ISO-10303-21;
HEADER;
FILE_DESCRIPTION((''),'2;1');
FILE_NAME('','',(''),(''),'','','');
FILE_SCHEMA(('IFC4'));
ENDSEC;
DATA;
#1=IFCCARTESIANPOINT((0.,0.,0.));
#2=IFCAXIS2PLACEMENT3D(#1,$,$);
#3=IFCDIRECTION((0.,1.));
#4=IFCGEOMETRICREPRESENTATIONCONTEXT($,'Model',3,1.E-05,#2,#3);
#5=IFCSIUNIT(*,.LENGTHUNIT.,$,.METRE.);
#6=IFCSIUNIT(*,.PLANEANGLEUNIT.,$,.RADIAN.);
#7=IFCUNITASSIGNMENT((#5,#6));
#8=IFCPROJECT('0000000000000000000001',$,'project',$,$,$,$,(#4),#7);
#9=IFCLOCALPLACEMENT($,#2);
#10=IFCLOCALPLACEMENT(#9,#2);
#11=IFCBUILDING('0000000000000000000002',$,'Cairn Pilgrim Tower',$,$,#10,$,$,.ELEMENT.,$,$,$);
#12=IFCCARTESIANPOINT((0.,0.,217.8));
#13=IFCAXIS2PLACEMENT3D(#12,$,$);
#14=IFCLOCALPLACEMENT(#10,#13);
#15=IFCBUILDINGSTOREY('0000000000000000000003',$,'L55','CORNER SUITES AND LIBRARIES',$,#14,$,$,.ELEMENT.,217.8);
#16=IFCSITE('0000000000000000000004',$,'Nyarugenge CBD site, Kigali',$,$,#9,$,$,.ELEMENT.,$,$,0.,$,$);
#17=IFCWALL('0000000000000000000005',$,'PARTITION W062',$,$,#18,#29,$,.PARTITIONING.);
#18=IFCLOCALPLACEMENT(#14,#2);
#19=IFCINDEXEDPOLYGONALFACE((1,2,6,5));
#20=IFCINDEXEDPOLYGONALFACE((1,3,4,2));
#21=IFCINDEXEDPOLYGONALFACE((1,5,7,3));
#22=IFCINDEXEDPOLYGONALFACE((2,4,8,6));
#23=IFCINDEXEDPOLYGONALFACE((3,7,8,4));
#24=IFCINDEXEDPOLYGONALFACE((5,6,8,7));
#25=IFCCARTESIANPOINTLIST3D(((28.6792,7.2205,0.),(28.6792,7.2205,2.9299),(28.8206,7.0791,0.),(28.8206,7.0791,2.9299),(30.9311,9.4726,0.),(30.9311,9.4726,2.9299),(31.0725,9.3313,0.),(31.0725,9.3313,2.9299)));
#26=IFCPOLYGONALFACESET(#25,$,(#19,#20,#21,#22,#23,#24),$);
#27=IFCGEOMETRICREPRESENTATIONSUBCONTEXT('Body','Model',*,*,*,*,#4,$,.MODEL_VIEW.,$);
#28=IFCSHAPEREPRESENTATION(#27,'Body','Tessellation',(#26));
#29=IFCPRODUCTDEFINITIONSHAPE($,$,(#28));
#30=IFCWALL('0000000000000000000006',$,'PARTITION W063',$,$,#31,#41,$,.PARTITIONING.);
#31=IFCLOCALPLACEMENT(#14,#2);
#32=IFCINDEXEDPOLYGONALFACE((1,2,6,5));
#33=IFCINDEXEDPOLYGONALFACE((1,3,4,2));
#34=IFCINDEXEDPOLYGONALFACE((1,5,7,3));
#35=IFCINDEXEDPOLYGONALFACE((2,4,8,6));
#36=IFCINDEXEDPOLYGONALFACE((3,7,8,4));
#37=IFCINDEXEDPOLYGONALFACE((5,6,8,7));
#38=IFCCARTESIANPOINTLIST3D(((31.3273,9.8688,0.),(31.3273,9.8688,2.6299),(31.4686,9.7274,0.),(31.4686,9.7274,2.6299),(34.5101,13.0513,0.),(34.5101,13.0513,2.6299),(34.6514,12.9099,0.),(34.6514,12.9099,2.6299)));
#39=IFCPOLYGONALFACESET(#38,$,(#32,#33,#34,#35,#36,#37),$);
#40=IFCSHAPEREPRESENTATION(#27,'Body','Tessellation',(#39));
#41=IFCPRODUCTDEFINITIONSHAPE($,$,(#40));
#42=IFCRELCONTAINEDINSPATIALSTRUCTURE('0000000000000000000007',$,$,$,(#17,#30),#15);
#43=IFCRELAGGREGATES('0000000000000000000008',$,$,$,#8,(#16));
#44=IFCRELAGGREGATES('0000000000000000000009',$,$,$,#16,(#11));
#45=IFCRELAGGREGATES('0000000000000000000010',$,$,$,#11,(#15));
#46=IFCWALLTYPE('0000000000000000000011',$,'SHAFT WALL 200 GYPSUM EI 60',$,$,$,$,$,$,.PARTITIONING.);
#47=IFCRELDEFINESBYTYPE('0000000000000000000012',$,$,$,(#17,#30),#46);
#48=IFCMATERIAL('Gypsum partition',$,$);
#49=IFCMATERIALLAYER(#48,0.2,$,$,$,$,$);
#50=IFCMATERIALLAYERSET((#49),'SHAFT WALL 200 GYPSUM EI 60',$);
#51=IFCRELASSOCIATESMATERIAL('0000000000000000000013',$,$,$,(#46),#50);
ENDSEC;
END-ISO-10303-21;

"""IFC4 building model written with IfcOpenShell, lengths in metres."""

from ifc_helpers import new_model, si_unit, direction, frame, frame_2d, origin, place, context, subcontext, project, spatial, rectangle, extrude, material, layer, layer_set, type_object, element, save


model = new_model("IFC4")

# Units and contexts
model_context = context("Model", 3, precision=1e-05, world=origin(), true_north=direction((0.0, 1.0)))
body_context = subcontext(model_context, "Body", "Model", "MODEL_VIEW")
ifc_project = project(units=[si_unit("LENGTHUNIT", "METRE"), si_unit("PLANEANGLEUNIT", "RADIAN")], contexts=[model_context])

# Site, building, storey
site_placement = place(None, origin())
site = spatial("IfcSite", under=ifc_project, at=site_placement, Name="Nyarugenge CBD site, Kigali", CompositionType="ELEMENT", RefElevation=0.0)
building_placement = place(site_placement, origin())
building = spatial("IfcBuilding", under=site, at=building_placement, Name="Cairn Pilgrim Tower", CompositionType="ELEMENT")
storey_placement = place(building_placement, frame((0.0, 0.0, 217.8)))
storey = spatial("IfcBuildingStorey", under=building, at=storey_placement, Name="L55", Description="CORNER SUITES AND LIBRARIES", CompositionType="ELEMENT", Elevation=217.8)

# Shared definitions
ifc_material_1 = material(Name="Gypsum partition")

# Walls
ifc_layer_1 = layer(ifc_material_1, 0.2)
ifc_layer_set_1 = layer_set([ifc_layer_1], Name="SHAFT WALL 200 GYPSUM EI 60")
wall_type_1 = type_object("IfcWallType", Name="SHAFT WALL 200 GYPSUM EI 60", PredefinedType="PARTITIONING", material=ifc_layer_set_1)
wall_1_placement = place(storey_placement, frame((28.75, 7.1499, 0.0), z_axis=(0.0, 0.0, 1.0), x_axis=(0.707068, 0.707145, 0.0)))
element("IfcWall", 1, at=wall_1_placement, inside=storey, type_object=wall_type_1, Name="PARTITION W062", PredefinedType="PARTITIONING", context=body_context, shape_type="SweptSolid", body=[
    extrude(rectangle(XDim=3.1848, YDim=0.2, at=frame_2d((1.5923, 0.0))), origin(), (0.0, 0.0, 1.0), 2.9299),
])
wall_2_placement = place(storey_placement, frame((31.3979, 9.7981, 0.0), z_axis=(0.0, 0.0, 1.0), x_axis=(0.707134, 0.70708, 0.0)))
element("IfcWall", 2, at=wall_2_placement, inside=storey, type_object=wall_type_1, Name="PARTITION W063", PredefinedType="PARTITIONING", context=body_context, shape_type="SweptSolid", body=[
    extrude(rectangle(XDim=4.501, YDim=0.2, at=frame_2d((2.2505, 0.0))), origin(), (0.0, 0.0, 1.0), 2.6299),
])

save(model, "model.ifc")
